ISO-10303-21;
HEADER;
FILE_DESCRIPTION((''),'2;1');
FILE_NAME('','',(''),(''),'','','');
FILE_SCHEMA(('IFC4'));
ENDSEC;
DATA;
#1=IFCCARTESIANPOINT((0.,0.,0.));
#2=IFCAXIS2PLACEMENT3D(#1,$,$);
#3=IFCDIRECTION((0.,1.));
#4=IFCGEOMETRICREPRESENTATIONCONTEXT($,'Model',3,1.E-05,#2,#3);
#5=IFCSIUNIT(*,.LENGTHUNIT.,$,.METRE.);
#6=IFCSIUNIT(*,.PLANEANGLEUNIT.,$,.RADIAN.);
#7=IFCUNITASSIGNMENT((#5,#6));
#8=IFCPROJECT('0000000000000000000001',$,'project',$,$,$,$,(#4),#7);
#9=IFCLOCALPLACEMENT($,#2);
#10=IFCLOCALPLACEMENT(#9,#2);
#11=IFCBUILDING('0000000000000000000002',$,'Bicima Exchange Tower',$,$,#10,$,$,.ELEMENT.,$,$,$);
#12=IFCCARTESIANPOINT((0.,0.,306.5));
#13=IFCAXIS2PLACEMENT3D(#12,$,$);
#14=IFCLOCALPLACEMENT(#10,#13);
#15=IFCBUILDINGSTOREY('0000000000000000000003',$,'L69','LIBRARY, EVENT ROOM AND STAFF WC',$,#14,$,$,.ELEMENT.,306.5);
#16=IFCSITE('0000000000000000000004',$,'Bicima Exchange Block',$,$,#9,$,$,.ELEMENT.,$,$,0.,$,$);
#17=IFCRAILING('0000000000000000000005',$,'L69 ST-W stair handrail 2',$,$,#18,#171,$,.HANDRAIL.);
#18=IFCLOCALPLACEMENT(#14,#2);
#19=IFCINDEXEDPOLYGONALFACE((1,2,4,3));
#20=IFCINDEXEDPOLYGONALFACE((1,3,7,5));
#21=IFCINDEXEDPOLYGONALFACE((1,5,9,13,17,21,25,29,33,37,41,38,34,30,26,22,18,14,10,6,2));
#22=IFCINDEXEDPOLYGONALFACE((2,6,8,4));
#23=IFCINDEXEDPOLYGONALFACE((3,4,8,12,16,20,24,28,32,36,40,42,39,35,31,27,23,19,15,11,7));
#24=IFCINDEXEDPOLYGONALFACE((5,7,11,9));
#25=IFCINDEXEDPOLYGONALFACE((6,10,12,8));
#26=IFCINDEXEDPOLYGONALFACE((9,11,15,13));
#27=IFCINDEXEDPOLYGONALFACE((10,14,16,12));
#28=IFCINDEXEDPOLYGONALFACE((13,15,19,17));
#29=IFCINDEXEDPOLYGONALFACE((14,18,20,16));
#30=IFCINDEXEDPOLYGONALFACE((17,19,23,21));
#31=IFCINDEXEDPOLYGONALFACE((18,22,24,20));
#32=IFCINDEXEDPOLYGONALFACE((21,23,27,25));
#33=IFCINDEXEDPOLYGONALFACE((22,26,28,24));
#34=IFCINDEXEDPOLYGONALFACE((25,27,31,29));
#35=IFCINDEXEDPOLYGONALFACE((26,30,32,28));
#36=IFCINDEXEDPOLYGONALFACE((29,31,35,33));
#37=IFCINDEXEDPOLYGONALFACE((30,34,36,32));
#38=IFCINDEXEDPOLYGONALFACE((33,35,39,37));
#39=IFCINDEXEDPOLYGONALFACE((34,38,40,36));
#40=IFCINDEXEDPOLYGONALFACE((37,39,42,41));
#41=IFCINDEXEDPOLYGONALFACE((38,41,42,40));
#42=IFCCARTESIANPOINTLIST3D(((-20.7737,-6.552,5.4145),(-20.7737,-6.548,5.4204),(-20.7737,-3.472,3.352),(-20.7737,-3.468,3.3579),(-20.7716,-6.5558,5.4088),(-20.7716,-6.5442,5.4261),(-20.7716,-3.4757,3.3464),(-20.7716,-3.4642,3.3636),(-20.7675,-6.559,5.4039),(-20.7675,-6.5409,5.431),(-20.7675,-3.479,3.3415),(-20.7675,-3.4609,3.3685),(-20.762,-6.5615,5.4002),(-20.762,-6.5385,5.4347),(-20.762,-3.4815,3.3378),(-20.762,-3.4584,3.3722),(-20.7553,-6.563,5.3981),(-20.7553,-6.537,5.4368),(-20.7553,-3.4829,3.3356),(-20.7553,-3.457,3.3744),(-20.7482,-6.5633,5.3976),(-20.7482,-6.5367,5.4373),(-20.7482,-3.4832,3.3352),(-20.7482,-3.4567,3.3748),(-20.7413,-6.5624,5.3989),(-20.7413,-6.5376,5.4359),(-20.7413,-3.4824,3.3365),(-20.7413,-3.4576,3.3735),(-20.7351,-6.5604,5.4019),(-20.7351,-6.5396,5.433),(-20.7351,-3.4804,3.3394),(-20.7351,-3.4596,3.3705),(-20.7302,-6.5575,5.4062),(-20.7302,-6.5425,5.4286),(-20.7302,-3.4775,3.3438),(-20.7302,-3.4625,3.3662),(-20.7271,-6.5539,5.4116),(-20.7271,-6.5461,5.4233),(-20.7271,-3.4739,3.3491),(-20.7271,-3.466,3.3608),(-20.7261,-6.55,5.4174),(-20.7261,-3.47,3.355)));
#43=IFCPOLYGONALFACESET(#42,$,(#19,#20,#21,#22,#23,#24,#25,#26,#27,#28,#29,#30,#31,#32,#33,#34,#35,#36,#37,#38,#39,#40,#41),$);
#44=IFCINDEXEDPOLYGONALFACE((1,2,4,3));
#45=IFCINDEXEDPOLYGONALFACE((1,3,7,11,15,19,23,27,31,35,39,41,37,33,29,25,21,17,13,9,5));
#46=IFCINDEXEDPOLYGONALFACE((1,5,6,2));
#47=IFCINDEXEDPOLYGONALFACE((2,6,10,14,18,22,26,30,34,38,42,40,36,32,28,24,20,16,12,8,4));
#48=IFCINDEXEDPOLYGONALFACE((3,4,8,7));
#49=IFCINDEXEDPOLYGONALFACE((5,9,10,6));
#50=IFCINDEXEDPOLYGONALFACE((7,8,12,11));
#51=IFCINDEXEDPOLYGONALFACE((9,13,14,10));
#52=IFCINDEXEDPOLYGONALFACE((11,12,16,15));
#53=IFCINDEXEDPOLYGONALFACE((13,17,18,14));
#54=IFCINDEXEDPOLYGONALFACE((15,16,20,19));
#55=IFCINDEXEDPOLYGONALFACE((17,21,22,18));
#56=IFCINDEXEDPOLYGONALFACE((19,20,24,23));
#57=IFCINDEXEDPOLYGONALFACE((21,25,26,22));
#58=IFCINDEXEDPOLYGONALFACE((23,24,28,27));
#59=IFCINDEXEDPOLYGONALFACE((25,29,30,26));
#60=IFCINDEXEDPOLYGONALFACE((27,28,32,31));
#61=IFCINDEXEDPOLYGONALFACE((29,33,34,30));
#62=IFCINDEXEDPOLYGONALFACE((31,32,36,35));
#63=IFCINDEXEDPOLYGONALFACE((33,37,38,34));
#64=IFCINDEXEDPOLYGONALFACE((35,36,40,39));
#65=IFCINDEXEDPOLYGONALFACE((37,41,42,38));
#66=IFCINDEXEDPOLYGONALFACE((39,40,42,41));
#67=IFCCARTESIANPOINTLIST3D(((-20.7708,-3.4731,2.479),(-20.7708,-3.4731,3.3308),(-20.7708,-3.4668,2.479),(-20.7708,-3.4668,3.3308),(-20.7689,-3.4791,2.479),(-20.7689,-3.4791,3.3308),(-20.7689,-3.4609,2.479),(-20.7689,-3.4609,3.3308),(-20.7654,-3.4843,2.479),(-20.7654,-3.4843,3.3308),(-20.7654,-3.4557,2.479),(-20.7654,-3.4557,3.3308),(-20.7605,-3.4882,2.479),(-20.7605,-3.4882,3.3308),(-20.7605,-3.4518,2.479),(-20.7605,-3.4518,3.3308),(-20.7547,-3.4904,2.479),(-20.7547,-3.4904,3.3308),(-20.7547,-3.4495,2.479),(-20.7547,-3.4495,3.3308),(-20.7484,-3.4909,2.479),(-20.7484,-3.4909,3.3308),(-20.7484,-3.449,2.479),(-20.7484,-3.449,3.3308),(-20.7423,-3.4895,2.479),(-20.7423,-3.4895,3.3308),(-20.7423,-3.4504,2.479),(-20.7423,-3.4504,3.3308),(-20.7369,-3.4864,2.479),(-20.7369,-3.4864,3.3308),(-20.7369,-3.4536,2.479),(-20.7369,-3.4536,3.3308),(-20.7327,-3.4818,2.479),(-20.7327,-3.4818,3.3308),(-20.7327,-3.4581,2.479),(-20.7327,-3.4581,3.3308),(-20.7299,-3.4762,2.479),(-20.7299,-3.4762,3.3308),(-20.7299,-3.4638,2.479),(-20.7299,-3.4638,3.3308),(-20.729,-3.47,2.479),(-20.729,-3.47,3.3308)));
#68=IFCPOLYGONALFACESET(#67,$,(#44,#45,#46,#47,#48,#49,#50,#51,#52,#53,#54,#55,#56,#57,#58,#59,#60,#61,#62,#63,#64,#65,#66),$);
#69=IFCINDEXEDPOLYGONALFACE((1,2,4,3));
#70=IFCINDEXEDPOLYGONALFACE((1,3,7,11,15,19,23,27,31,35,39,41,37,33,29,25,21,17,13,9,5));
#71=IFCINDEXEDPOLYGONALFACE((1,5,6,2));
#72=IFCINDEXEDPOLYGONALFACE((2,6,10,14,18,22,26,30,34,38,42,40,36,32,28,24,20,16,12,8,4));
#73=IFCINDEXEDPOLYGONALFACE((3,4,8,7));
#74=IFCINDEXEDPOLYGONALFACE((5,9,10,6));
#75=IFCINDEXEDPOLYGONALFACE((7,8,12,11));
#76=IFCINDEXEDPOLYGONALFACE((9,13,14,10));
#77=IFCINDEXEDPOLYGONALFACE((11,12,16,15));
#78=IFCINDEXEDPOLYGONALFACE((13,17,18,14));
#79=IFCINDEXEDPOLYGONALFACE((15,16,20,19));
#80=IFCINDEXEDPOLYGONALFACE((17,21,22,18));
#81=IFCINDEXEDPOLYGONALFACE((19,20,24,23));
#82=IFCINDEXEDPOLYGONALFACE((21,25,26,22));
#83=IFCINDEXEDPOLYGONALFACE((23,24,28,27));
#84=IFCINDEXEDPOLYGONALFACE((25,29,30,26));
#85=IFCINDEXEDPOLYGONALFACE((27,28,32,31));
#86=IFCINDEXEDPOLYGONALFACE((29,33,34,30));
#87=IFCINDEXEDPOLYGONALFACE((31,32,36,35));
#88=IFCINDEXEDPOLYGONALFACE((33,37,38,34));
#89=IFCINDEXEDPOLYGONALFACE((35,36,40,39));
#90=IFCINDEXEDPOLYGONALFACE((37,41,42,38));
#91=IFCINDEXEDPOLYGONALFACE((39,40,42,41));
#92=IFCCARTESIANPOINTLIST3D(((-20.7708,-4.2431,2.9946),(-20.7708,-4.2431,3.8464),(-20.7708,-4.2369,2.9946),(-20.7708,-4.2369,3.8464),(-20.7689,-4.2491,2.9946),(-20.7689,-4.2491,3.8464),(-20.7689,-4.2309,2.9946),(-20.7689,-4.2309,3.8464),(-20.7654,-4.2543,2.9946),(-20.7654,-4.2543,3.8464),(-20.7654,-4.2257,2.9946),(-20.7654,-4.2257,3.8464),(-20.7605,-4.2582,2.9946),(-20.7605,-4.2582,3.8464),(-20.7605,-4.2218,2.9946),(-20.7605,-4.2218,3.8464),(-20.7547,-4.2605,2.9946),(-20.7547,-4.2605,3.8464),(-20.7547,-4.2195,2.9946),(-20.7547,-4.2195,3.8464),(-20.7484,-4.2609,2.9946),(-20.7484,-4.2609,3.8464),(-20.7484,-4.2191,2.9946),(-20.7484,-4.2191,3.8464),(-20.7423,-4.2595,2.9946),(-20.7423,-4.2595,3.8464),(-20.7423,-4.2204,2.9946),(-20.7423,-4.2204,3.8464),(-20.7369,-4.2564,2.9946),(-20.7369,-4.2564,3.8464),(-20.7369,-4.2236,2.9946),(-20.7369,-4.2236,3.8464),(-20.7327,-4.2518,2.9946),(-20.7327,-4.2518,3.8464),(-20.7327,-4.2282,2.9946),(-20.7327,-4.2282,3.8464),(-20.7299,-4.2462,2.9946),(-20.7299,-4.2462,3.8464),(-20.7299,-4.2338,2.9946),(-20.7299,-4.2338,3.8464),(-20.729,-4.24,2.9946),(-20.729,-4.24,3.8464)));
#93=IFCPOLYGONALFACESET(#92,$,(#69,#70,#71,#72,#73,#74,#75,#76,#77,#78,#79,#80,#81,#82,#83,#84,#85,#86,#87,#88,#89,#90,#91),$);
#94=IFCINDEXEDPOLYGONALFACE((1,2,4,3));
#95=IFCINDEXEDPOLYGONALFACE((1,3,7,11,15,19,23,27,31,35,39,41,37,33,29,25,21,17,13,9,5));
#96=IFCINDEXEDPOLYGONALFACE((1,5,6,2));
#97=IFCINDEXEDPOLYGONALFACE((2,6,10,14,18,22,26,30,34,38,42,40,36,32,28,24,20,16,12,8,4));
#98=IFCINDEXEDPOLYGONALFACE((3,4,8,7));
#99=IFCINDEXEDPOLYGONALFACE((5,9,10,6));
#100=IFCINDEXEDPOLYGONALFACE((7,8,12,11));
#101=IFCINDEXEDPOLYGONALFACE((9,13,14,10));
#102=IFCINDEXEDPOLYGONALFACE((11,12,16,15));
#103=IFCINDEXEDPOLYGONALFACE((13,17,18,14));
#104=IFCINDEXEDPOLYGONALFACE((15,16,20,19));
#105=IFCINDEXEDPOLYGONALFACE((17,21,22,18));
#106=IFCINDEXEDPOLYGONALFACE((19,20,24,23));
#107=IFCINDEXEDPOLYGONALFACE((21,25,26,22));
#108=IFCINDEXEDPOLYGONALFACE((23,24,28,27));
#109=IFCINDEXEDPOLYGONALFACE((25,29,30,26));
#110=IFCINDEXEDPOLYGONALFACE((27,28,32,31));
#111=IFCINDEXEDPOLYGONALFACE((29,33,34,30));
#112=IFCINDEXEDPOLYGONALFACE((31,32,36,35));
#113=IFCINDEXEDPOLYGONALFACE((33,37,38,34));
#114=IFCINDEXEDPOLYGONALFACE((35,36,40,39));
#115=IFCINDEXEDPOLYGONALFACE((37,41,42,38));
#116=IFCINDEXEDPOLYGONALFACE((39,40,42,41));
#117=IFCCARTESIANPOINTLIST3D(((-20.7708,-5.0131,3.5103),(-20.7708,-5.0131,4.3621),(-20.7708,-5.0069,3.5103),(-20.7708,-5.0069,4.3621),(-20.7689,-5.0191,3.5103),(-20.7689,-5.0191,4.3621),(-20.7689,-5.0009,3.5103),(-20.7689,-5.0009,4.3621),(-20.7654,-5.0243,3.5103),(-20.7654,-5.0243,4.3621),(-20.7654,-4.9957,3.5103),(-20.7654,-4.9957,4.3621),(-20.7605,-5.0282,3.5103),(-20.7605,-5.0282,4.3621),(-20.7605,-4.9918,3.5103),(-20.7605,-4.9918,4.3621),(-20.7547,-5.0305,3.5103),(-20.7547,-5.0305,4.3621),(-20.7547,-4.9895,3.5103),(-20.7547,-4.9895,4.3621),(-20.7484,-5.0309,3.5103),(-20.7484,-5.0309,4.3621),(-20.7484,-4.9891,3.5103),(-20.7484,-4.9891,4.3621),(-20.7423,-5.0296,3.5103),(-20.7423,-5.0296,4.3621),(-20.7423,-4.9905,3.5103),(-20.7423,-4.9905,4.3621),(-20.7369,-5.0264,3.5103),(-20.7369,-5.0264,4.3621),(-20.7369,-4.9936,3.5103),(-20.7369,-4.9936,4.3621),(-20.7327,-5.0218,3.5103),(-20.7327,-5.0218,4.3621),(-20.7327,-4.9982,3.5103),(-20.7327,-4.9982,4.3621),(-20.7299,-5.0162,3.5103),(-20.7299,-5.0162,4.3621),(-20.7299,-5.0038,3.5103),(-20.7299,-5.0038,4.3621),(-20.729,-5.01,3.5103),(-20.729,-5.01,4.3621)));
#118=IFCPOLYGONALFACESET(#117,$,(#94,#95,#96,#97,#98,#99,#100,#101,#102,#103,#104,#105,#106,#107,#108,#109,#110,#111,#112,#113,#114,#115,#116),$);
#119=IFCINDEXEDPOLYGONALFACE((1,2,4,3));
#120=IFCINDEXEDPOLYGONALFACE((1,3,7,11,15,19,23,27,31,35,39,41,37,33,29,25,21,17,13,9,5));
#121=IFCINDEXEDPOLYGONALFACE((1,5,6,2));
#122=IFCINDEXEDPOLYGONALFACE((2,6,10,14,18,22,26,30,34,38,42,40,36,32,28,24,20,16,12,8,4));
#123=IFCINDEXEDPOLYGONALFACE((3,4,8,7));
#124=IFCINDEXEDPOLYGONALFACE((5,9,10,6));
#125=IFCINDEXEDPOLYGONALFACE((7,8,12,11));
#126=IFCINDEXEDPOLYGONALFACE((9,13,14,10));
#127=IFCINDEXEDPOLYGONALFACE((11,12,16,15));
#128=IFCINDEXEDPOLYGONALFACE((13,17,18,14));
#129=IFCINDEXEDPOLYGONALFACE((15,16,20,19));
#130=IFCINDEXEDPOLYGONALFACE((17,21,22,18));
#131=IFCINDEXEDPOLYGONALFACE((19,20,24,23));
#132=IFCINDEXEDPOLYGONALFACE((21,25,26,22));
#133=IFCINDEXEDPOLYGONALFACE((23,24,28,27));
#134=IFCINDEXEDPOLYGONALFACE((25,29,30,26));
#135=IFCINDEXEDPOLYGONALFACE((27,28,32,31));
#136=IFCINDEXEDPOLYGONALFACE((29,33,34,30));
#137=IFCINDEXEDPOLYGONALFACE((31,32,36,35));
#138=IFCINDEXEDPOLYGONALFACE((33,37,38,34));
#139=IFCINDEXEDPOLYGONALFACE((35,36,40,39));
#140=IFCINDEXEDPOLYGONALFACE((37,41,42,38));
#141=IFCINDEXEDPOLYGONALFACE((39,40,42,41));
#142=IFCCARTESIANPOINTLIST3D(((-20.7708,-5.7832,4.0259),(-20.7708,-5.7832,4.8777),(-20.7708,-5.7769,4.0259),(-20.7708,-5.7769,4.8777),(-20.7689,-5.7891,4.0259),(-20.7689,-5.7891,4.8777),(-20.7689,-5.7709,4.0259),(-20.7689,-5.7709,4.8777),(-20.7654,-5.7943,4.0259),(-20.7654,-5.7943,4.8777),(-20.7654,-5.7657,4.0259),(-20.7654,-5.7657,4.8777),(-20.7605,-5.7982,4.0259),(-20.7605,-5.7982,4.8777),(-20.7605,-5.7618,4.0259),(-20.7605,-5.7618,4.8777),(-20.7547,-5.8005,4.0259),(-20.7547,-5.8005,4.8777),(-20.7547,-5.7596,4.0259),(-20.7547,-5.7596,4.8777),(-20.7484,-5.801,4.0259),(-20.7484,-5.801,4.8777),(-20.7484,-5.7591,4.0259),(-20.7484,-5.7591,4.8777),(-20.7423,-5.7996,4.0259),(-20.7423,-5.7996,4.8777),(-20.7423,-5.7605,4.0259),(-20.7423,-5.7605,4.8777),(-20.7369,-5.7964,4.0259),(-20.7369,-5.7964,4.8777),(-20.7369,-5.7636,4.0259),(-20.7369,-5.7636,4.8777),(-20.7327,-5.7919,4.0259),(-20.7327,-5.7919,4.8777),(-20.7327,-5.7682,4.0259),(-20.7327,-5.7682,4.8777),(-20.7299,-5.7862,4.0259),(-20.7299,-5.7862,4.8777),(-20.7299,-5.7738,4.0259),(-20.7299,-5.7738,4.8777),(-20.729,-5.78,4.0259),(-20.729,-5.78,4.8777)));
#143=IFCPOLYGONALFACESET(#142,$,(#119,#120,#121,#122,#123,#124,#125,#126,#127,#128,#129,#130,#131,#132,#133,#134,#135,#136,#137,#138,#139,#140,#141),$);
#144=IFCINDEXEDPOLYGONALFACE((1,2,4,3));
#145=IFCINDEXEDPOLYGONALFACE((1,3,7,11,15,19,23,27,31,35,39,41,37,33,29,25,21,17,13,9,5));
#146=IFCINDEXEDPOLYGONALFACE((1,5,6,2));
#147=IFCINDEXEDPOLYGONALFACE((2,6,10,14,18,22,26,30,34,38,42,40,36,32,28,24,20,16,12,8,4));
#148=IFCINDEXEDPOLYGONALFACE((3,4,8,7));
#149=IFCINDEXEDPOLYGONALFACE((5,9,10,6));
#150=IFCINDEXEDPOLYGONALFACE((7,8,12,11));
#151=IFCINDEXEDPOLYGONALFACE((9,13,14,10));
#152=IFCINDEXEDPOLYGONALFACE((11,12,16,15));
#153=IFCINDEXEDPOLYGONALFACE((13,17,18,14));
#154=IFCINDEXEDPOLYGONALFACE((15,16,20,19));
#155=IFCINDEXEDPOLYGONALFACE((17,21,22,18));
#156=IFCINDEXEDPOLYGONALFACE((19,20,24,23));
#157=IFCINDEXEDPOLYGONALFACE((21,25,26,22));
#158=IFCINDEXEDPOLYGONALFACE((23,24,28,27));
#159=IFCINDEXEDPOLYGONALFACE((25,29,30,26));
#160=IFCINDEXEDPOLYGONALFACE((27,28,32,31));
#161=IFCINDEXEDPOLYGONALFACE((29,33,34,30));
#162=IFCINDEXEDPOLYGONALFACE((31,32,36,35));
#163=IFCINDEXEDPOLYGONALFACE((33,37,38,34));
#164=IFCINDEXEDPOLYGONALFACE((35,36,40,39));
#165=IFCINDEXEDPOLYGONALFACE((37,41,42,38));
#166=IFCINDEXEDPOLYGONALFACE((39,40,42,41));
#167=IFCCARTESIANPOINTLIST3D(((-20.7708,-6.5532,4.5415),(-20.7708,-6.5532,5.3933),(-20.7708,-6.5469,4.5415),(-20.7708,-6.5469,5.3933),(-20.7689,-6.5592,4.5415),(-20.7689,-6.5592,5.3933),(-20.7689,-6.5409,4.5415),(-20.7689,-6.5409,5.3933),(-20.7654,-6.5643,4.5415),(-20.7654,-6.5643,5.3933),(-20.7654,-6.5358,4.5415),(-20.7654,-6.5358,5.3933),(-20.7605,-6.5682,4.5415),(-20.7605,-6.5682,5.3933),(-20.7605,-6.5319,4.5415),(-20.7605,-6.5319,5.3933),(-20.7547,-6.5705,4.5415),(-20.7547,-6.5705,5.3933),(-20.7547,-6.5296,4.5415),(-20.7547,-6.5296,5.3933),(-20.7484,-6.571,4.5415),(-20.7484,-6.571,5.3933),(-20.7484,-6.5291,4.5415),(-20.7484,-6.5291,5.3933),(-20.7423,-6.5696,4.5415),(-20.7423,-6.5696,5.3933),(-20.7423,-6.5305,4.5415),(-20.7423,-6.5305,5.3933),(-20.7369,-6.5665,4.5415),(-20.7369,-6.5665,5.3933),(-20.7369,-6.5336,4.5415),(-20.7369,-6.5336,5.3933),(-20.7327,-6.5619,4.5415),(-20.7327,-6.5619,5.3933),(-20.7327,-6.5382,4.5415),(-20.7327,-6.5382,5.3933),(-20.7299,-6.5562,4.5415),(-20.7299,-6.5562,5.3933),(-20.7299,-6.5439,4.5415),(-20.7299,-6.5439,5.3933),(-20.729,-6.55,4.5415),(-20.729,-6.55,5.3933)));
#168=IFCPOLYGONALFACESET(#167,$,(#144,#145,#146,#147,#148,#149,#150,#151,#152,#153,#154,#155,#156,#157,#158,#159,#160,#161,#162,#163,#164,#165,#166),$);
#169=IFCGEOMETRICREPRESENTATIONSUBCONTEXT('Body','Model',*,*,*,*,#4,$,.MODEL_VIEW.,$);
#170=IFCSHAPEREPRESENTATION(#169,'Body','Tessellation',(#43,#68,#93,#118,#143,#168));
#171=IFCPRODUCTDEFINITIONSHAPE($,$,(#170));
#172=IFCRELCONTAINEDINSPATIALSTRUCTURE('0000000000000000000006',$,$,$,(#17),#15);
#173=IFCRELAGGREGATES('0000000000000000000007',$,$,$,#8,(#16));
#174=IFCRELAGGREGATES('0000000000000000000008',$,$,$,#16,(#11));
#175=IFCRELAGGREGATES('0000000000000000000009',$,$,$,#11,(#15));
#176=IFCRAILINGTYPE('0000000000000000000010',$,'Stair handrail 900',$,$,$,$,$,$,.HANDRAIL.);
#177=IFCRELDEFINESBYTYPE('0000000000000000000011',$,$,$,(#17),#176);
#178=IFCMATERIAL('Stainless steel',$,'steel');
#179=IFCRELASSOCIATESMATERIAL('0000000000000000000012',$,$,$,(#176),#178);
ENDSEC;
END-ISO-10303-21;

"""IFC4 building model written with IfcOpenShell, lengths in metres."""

from ifc_helpers import new_model, si_unit, direction, frame, origin, origin_2d, place, context, subcontext, project, spatial, circle, extrude, material, type_object, element, save


model = new_model("IFC4")

# Units and contexts
model_context = context("Model", 3, precision=1e-05, world=origin(), true_north=direction((0.0, 1.0)))
body_context = subcontext(model_context, "Body", "Model", "MODEL_VIEW")
ifc_project = project(units=[si_unit("LENGTHUNIT", "METRE"), si_unit("PLANEANGLEUNIT", "RADIAN")], contexts=[model_context])

# Site, building, storey
site_placement = place(None, origin())
site = spatial("IfcSite", under=ifc_project, at=site_placement, Name="Bicima Exchange Block", CompositionType="ELEMENT", RefElevation=0.0)
building_placement = place(site_placement, origin())
building = spatial("IfcBuilding", under=site, at=building_placement, Name="Bicima Exchange Tower", CompositionType="ELEMENT")
storey_placement = place(building_placement, frame((0.0, 0.0, 306.5)))
storey = spatial("IfcBuildingStorey", under=building, at=storey_placement, Name="L69", Description="LIBRARY, EVENT ROOM AND STAFF WC", CompositionType="ELEMENT", Elevation=306.5)

# Shared definitions
ifc_material_1 = material(Name="Stainless steel", Category="steel")

# Railing
railing_type_1 = type_object("IfcRailingType", Name="Stair handrail 900", PredefinedType="HANDRAIL", material=ifc_material_1)
railing_1_placement = place(storey_placement, frame((-20.75, -3.47, 2.479)))
element("IfcRailing", 1, at=railing_1_placement, inside=storey, type_object=railing_type_1, Name="L69 ST-W stair handrail 2", PredefinedType="HANDRAIL", context=body_context, shape_type="SweptSolid", body=[
    extrude(circle(Radius=0.0239, at=origin_2d()), frame((0.0, 0.0, 0.876), z_axis=(0.0, -0.830914, 0.556401), x_axis=(1.0, 0.0, 0.0)), (0.0, 0.0, 1.0), 3.7068),
    extrude(circle(Radius=0.021, at=origin_2d()), origin(), (0.0, 0.0, 1.0), 0.8518),
    extrude(circle(Radius=0.021, at=origin_2d()), frame((0.0, -0.77, 0.5156)), (0.0, 0.0, 1.0), 0.8518),
    extrude(circle(Radius=0.021, at=origin_2d()), frame((0.0, -1.54, 1.0312)), (0.0, 0.0, 1.0), 0.8518),
    extrude(circle(Radius=0.021, at=origin_2d()), frame((0.0, -2.3101, 1.5469)), (0.0, 0.0, 1.0), 0.8518),
    extrude(circle(Radius=0.021, at=origin_2d()), frame((0.0, -3.0801, 2.0625)), (0.0, 0.0, 1.0), 0.8518),
])

save(model, "model.ifc")
